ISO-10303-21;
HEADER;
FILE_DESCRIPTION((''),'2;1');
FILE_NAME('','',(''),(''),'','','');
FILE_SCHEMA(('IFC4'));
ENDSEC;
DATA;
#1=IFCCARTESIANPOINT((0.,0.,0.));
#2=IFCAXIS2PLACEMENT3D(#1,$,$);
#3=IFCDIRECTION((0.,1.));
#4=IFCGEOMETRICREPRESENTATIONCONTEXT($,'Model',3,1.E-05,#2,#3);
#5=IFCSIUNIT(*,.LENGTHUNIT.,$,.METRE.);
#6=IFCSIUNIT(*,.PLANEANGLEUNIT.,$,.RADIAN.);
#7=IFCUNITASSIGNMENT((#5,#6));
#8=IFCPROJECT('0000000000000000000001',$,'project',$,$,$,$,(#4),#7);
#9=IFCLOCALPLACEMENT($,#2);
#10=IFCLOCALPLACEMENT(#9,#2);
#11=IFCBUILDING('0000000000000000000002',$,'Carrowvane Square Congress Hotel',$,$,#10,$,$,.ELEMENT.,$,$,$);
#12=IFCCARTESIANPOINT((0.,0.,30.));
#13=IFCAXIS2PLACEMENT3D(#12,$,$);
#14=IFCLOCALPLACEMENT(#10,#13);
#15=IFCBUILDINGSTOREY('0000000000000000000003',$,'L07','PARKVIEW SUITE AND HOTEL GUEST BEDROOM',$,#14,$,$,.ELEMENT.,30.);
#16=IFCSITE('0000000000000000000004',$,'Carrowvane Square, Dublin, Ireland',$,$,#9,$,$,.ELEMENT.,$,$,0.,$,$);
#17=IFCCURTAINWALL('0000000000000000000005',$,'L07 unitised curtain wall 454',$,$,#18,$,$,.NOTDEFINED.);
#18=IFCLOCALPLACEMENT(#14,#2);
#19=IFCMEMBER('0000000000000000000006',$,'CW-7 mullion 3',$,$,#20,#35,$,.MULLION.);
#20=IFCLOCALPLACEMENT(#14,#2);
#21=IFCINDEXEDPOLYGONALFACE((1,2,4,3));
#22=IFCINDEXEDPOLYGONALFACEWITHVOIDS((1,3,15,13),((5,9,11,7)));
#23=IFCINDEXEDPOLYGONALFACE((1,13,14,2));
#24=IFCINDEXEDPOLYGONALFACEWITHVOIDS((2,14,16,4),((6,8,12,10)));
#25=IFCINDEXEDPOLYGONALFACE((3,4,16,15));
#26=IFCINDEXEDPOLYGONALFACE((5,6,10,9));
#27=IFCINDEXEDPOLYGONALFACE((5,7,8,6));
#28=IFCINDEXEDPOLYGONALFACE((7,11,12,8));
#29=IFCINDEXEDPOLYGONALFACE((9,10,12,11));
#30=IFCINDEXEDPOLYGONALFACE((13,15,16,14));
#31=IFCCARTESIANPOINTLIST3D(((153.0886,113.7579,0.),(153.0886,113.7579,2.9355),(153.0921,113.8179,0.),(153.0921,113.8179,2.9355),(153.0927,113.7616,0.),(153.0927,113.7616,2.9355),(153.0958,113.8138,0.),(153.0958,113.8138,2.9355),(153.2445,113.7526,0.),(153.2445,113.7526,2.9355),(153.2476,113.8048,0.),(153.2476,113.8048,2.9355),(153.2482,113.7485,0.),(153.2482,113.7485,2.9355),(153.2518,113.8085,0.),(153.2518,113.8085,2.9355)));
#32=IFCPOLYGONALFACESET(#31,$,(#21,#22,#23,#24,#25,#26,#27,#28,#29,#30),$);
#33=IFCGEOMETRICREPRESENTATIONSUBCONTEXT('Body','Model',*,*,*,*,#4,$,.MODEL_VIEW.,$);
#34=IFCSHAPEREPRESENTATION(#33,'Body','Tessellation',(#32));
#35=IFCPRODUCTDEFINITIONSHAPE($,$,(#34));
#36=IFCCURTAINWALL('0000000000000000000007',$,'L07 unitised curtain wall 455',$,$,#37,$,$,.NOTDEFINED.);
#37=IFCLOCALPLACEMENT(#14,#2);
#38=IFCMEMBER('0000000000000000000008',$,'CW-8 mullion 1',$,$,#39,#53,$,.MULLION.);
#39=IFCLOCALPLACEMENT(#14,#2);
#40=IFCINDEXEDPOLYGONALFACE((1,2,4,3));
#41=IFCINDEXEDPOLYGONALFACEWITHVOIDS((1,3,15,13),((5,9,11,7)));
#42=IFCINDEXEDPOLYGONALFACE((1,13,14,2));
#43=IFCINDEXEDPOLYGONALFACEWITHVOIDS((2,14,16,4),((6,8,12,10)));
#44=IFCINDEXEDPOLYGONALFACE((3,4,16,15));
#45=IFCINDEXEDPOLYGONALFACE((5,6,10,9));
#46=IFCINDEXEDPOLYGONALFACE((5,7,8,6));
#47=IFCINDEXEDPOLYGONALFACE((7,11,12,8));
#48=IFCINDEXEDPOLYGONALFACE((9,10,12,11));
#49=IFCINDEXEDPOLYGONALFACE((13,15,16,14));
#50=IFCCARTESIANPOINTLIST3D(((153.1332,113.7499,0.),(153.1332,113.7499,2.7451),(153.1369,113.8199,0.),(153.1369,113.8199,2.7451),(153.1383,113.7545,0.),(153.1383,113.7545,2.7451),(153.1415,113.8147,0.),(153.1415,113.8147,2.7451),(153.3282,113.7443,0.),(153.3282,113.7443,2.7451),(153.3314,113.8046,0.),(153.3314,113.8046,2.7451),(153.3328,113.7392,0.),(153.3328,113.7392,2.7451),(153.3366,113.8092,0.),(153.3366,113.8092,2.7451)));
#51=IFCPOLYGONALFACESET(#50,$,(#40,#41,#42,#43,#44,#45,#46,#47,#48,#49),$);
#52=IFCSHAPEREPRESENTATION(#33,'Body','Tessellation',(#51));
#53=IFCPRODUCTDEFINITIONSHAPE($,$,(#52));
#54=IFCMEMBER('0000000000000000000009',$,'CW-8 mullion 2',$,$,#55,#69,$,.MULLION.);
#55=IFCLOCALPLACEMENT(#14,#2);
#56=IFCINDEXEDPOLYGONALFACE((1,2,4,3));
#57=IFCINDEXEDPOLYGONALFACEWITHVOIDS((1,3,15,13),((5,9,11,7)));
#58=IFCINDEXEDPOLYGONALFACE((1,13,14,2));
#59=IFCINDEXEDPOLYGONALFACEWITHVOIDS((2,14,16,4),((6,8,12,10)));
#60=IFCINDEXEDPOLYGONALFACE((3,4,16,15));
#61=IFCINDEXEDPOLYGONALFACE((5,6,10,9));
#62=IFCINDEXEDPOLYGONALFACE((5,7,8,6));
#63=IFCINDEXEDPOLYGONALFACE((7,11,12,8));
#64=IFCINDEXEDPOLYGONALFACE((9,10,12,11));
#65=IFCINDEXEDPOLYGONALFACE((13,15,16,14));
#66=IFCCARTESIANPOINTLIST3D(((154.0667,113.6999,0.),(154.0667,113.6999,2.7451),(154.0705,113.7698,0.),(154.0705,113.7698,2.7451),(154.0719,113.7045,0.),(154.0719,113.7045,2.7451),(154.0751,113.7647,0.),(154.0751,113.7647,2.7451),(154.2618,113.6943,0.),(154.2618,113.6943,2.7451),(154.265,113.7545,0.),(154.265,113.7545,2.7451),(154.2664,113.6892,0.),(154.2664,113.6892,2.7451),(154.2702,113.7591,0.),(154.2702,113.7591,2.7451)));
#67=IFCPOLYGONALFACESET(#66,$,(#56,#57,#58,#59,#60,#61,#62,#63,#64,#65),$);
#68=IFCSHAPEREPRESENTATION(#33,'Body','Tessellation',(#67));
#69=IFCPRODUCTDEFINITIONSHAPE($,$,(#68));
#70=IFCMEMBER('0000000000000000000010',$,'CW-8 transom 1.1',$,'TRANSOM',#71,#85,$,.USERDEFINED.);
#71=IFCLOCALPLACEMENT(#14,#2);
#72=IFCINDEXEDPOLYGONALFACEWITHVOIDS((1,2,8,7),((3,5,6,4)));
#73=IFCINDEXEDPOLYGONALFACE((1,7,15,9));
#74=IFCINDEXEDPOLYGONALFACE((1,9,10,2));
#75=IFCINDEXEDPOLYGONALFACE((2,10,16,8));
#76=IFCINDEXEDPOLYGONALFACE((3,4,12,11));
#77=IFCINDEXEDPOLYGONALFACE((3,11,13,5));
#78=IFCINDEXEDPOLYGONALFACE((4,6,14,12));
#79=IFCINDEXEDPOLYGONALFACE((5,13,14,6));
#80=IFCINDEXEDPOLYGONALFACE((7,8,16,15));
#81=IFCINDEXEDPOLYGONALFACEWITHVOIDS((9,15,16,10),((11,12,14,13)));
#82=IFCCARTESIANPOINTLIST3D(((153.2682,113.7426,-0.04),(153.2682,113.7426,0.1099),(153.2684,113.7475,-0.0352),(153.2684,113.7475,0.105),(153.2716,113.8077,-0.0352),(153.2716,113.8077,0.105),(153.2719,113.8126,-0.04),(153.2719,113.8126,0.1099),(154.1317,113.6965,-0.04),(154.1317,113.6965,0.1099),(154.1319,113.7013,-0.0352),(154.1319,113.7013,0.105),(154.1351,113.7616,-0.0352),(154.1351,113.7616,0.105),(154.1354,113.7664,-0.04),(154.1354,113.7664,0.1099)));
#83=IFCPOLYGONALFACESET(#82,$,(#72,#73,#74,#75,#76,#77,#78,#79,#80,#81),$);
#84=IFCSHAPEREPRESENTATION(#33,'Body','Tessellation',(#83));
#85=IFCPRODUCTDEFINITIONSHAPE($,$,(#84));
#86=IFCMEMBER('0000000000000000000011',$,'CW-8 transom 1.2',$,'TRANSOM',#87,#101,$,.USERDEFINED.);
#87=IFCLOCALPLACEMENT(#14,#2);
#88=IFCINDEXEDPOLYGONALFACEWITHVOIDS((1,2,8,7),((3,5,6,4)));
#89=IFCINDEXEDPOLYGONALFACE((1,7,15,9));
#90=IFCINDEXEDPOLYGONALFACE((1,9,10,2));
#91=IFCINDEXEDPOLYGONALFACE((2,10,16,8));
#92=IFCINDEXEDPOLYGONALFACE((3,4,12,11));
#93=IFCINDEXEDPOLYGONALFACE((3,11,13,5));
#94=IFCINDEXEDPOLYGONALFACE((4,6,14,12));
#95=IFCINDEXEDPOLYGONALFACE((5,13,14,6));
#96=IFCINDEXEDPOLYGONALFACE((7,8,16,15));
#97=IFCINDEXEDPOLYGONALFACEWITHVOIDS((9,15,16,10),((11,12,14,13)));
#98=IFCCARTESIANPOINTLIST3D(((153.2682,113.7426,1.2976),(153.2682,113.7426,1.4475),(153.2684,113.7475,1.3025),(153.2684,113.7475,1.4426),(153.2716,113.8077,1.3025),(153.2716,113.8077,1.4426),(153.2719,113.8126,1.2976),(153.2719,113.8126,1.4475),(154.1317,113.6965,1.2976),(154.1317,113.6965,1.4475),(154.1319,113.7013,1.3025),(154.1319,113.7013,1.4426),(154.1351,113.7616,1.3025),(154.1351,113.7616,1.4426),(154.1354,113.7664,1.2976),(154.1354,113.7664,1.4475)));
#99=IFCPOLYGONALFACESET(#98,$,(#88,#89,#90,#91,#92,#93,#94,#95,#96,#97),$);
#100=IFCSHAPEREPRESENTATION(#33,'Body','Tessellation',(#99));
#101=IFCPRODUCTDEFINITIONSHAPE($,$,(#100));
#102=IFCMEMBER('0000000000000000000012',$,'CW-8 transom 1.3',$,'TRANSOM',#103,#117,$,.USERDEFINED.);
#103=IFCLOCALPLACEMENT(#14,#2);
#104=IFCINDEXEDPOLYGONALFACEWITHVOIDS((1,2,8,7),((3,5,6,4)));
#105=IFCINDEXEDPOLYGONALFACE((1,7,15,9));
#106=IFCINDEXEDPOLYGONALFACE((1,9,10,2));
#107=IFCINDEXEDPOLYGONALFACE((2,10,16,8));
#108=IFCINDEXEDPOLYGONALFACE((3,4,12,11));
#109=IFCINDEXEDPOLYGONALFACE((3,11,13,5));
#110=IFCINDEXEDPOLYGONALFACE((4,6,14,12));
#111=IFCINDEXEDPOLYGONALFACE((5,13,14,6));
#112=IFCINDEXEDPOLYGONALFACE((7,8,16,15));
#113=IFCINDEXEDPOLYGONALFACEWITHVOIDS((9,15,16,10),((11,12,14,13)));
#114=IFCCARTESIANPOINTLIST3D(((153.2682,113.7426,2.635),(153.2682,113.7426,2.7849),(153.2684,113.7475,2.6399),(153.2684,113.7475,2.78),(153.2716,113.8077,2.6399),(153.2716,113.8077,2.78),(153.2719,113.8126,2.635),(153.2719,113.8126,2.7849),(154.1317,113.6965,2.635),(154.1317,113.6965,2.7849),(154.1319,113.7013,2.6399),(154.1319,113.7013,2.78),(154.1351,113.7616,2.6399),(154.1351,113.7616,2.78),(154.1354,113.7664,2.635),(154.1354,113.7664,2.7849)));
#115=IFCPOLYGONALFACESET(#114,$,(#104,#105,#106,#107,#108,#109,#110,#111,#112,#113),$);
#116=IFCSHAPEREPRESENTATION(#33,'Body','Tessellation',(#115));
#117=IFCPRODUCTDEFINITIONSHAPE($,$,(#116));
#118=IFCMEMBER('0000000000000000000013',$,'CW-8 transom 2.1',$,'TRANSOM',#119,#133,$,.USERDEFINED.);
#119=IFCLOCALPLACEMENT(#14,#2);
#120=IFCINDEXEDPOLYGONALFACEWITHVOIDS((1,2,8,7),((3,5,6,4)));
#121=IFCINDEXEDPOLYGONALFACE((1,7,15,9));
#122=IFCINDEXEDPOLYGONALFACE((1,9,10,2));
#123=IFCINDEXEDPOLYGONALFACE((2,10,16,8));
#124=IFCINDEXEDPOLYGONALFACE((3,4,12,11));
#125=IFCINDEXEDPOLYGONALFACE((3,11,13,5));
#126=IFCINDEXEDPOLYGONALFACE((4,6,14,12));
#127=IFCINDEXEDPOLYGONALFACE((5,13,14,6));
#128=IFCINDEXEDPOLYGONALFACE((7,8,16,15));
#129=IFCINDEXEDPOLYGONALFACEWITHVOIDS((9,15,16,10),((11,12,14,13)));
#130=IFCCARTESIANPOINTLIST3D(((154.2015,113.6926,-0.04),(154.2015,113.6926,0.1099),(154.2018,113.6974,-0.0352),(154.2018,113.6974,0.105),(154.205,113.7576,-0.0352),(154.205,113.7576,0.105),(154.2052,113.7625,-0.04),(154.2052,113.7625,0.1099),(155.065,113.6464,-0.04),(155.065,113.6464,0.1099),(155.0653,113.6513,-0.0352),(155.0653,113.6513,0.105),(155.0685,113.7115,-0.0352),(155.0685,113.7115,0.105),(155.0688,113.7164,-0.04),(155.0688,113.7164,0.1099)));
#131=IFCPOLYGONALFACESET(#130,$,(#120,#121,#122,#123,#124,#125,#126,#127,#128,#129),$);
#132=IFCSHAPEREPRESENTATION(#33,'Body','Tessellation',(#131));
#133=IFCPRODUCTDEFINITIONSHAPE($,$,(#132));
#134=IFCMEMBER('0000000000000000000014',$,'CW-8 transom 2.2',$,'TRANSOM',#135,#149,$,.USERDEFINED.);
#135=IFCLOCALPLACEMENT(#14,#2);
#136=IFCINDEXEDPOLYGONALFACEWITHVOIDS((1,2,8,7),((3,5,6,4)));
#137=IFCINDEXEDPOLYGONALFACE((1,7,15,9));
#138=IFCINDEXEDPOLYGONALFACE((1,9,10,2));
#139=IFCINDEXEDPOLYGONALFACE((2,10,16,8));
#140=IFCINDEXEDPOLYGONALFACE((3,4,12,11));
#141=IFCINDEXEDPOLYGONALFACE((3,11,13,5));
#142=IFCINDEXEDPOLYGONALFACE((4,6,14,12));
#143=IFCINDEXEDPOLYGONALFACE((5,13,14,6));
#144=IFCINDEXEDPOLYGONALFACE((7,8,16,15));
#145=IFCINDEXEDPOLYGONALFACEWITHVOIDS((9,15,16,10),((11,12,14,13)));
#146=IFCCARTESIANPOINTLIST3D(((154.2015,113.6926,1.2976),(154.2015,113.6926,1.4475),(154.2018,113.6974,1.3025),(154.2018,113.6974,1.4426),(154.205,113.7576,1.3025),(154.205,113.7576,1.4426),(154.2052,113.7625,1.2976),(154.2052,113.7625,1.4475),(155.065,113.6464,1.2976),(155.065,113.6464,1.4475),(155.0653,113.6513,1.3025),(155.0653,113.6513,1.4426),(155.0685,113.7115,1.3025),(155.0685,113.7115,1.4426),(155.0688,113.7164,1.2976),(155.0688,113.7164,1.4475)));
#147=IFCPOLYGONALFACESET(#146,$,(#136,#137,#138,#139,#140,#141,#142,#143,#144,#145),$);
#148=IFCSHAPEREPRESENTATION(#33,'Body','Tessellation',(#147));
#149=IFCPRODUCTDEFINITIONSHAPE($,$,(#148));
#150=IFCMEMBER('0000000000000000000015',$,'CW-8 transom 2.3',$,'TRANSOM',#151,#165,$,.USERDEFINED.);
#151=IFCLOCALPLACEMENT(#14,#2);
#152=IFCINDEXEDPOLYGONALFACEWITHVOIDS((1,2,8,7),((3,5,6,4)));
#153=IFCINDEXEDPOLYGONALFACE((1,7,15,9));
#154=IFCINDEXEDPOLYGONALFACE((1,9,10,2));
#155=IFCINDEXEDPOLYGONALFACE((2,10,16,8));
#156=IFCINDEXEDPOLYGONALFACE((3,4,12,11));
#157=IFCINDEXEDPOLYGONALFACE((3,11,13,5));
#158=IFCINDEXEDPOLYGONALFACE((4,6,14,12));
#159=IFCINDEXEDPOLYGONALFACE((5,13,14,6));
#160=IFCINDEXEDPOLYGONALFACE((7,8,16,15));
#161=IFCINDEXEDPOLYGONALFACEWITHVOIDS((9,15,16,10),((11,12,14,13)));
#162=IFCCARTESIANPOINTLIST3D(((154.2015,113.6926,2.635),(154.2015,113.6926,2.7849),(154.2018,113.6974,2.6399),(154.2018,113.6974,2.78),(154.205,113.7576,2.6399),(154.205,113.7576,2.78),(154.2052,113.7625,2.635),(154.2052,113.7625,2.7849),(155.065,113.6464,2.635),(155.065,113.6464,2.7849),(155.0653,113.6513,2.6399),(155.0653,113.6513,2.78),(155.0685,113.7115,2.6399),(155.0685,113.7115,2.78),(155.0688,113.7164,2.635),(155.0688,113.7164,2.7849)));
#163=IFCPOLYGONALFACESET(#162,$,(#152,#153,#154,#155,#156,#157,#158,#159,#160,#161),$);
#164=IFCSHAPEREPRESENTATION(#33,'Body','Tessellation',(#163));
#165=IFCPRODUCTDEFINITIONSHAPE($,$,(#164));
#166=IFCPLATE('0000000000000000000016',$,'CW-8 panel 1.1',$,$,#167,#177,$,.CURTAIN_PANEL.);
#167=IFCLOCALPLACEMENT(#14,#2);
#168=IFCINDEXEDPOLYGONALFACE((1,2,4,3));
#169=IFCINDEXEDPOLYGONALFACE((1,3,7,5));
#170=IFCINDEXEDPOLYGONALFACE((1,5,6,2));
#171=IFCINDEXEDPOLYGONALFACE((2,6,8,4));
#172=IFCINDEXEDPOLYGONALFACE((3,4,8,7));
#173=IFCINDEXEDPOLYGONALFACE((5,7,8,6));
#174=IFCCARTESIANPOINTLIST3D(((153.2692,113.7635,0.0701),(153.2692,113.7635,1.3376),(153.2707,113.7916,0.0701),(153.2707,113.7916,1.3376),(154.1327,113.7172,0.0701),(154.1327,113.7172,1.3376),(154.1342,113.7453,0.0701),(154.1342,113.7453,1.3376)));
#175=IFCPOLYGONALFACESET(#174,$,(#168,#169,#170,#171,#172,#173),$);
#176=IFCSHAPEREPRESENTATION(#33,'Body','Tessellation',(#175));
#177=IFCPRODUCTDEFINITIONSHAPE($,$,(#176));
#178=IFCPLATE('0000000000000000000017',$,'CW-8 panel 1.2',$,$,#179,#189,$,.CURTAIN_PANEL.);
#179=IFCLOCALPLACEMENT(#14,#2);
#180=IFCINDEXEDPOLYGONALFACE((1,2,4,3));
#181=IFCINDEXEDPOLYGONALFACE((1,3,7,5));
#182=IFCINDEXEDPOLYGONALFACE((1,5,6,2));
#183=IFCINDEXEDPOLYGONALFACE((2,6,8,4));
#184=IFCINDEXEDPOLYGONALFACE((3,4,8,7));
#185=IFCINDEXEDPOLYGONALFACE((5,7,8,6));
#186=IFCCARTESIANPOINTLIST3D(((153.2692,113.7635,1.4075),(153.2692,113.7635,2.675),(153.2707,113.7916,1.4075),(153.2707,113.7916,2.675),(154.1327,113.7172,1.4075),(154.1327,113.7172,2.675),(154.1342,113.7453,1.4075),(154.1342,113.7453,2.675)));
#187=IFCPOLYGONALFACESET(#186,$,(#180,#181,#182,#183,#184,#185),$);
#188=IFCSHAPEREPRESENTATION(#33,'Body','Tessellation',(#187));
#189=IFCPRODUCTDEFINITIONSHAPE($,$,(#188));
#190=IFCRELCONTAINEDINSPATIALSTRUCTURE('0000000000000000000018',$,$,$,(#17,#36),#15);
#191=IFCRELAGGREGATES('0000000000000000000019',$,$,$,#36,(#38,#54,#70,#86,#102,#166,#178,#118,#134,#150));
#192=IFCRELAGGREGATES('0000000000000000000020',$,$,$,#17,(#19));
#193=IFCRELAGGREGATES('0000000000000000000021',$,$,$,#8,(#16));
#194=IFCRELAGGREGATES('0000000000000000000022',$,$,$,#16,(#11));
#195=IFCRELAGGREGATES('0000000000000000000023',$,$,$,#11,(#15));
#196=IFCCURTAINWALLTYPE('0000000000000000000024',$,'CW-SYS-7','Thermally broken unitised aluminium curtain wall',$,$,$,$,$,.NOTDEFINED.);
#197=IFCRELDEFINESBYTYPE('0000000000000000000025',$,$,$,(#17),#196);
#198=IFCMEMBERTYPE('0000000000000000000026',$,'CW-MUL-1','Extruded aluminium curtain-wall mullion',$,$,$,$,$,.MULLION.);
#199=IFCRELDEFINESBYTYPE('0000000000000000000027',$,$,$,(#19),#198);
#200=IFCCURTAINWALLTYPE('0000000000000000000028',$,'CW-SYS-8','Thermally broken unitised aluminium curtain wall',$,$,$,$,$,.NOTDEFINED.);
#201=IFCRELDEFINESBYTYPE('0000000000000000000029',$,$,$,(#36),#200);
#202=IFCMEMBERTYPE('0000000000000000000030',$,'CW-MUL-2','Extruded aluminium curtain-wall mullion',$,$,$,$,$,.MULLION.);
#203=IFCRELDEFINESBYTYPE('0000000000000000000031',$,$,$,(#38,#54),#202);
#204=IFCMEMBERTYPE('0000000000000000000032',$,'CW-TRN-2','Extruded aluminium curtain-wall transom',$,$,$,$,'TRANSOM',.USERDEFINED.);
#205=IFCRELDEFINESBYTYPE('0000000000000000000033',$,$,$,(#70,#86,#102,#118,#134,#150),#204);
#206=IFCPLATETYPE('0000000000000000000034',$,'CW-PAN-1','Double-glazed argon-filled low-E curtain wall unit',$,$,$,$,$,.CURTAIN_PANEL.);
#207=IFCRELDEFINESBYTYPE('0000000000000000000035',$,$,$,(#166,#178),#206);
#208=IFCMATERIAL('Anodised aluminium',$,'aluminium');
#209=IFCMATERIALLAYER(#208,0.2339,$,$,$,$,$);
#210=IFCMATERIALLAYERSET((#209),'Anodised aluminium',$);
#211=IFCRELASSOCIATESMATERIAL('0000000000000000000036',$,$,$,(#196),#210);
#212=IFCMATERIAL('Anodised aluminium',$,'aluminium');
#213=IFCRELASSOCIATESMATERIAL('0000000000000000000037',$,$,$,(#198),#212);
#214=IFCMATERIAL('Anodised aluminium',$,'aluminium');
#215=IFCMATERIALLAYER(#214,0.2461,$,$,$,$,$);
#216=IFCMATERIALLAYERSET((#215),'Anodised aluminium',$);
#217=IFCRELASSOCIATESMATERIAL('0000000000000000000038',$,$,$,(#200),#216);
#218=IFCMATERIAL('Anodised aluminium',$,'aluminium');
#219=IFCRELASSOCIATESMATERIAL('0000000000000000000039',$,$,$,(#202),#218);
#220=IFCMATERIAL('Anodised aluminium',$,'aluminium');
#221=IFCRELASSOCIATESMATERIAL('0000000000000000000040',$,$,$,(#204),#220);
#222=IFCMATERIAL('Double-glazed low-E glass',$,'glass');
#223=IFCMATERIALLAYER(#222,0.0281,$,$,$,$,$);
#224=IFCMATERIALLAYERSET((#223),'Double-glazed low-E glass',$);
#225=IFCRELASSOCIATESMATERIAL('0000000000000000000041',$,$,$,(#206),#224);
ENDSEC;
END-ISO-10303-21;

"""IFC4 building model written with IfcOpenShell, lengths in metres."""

from ifc_helpers import new_model, si_unit, direction, frame, origin, origin_2d, place, context, subcontext, project, spatial, rectangle, hollow_rectangle, extrude, material, layer, layer_set, material_profile, profile_set, type_object, element, aggregate, save


model = new_model("IFC4")

# Units and contexts
model_context = context("Model", 3, precision=1e-05, world=origin(), true_north=direction((0.0, 1.0)))
body_context = subcontext(model_context, "Body", "Model", "MODEL_VIEW")
ifc_project = project(units=[si_unit("LENGTHUNIT", "METRE"), si_unit("PLANEANGLEUNIT", "RADIAN")], contexts=[model_context])

# Site, building, storey
site_placement = place(None, origin())
site = spatial("IfcSite", under=ifc_project, at=site_placement, Name="Carrowvane Square, Dublin, Ireland", CompositionType="ELEMENT", RefElevation=0.0)
building_placement = place(site_placement, origin())
building = spatial("IfcBuilding", under=site, at=building_placement, Name="Carrowvane Square Congress Hotel", CompositionType="ELEMENT")
storey_placement = place(building_placement, frame((0.0, 0.0, 30.0)))
storey = spatial("IfcBuildingStorey", under=building, at=storey_placement, Name="L07", Description="PARKVIEW SUITE AND HOTEL GUEST BEDROOM", CompositionType="ELEMENT", Elevation=30.0)

# Curtain wall, member
ifc_material_1 = material(Name="Anodised aluminium", Category="aluminium")
ifc_layer_1 = layer(ifc_material_1, 0.2339)
ifc_layer_set_1 = layer_set([ifc_layer_1], Name="Anodised aluminium")
curtain_wall_type_1 = type_object("IfcCurtainWallType", Name="CW-SYS-7", Description="Thermally broken unitised aluminium curtain wall", PredefinedType="NOTDEFINED", material=ifc_layer_set_1)
curtain_wall_1_placement = place(storey_placement, origin())
curtain_wall_1 = element("IfcCurtainWall", 1, at=curtain_wall_1_placement, inside=storey, type_object=curtain_wall_type_1, Name="L07 unitised curtain wall 454", PredefinedType="NOTDEFINED")
ifc_material_2 = material(Name="Anodised aluminium", Category="aluminium")
ifc_material_profile_1 = material_profile(ifc_material_2, hollow_rectangle(XDim=0.0601, YDim=0.1599, WallThickness=0.0039, at=origin_2d()), Name="CW-ML 60x160x4")
ifc_profile_set_1 = profile_set([ifc_material_profile_1], Name="Anodised aluminium")
member_type_1 = type_object("IfcMemberType", Name="CW-MUL-1", Description="Extruded aluminium curtain-wall mullion", PredefinedType="MULLION", material=ifc_profile_set_1)
member_1_placement = place(storey_placement, frame((153.1702, 113.7832, 0.0), z_axis=(0.0, 0.0, 1.0), x_axis=(0.058989, 0.998259, 0.0)))
member_1 = element("IfcMember", 2, at=member_1_placement, type_object=member_type_1, Name="CW-7 mullion 3", PredefinedType="MULLION", context=body_context, shape_type="SweptSolid", body=[
    extrude(hollow_rectangle(XDim=0.0601, YDim=0.1599, WallThickness=0.0039, at=origin_2d()), origin(), (0.0, 0.0, 1.0), 2.9355),
])

# Curtain wall, members, plates
ifc_material_3 = material(Name="Anodised aluminium", Category="aluminium")
ifc_layer_2 = layer(ifc_material_3, 0.2461)
ifc_layer_set_2 = layer_set([ifc_layer_2], Name="Anodised aluminium")
curtain_wall_type_2 = type_object("IfcCurtainWallType", Name="CW-SYS-8", Description="Thermally broken unitised aluminium curtain wall", PredefinedType="NOTDEFINED", material=ifc_layer_set_2)
curtain_wall_2_placement = place(storey_placement, origin())
curtain_wall_2 = element("IfcCurtainWall", 3, at=curtain_wall_2_placement, inside=storey, type_object=curtain_wall_type_2, Name="L07 unitised curtain wall 455", PredefinedType="NOTDEFINED")
ifc_material_4 = material(Name="Anodised aluminium", Category="aluminium")
ifc_material_profile_2 = material_profile(ifc_material_4, hollow_rectangle(XDim=0.0701, YDim=0.2, WallThickness=0.0049, at=origin_2d()), Name="CW-ML 70x200x5")
ifc_profile_set_2 = profile_set([ifc_material_profile_2], Name="Anodised aluminium")
member_type_2 = type_object("IfcMemberType", Name="CW-MUL-2", Description="Extruded aluminium curtain-wall mullion", PredefinedType="MULLION", material=ifc_profile_set_2)
member_2_placement = place(storey_placement, frame((153.2349, 113.7795, 0.0), z_axis=(0.0, 0.0, 1.0), x_axis=(0.053516, 0.998567, 0.0)))
member_2 = element("IfcMember", 4, at=member_2_placement, type_object=member_type_2, Name="CW-8 mullion 1", PredefinedType="MULLION", context=body_context, shape_type="SweptSolid", body=[
    extrude(hollow_rectangle(XDim=0.0701, YDim=0.2, WallThickness=0.0049, at=origin_2d()), origin(), (0.0, 0.0, 1.0), 2.7451),
])
member_3_placement = place(storey_placement, frame((154.1685, 113.7295, 0.0), z_axis=(0.0, 0.0, 1.0), x_axis=(0.053516, 0.998567, 0.0)))
member_3 = element("IfcMember", 5, at=member_3_placement, type_object=member_type_2, Name="CW-8 mullion 2", PredefinedType="MULLION", context=body_context, shape_type="SweptSolid", body=[
    extrude(hollow_rectangle(XDim=0.0701, YDim=0.2, WallThickness=0.0049, at=origin_2d()), origin(), (0.0, 0.0, 1.0), 2.7451),
])
ifc_material_5 = material(Name="Anodised aluminium", Category="aluminium")
ifc_material_profile_3 = material_profile(ifc_material_5, hollow_rectangle(XDim=0.0701, YDim=0.1499, WallThickness=0.0049, at=origin_2d()), Name="CW-TR 70x150x5")
ifc_profile_set_3 = profile_set([ifc_material_profile_3], Name="Anodised aluminium")
member_type_3 = type_object("IfcMemberType", Name="CW-TRN-2", Description="Extruded aluminium curtain-wall transom", ElementType="TRANSOM", PredefinedType="USERDEFINED", material=ifc_profile_set_3)
member_4_placement = place(storey_placement, frame((153.27, 113.7776, 0.0349), z_axis=(0.998575, -0.053359, 0.0), x_axis=(0.053359, 0.998575, 0.0)))
member_4 = element("IfcMember", 6, at=member_4_placement, type_object=member_type_3, Name="CW-8 transom 1.1", ObjectType="TRANSOM", PredefinedType="USERDEFINED", context=body_context, shape_type="SweptSolid", body=[
    extrude(hollow_rectangle(XDim=0.0701, YDim=0.1499, WallThickness=0.0049, at=origin_2d()), origin(), (0.0, 0.0, 1.0), 0.8647),
])
member_5_placement = place(storey_placement, frame((153.27, 113.7776, 1.3726), z_axis=(0.998575, -0.053359, 0.0), x_axis=(0.053359, 0.998575, 0.0)))
member_5 = element("IfcMember", 7, at=member_5_placement, type_object=member_type_3, Name="CW-8 transom 1.2", ObjectType="TRANSOM", PredefinedType="USERDEFINED", context=body_context, shape_type="SweptSolid", body=[
    extrude(hollow_rectangle(XDim=0.0701, YDim=0.1499, WallThickness=0.0049, at=origin_2d()), origin(), (0.0, 0.0, 1.0), 0.8647),
])
member_6_placement = place(storey_placement, frame((153.27, 113.7776, 2.71), z_axis=(0.998575, -0.053359, 0.0), x_axis=(0.053359, 0.998575, 0.0)))
member_6 = element("IfcMember", 8, at=member_6_placement, type_object=member_type_3, Name="CW-8 transom 1.3", ObjectType="TRANSOM", PredefinedType="USERDEFINED", context=body_context, shape_type="SweptSolid", body=[
    extrude(hollow_rectangle(XDim=0.0701, YDim=0.1499, WallThickness=0.0049, at=origin_2d()), origin(), (0.0, 0.0, 1.0), 0.8647),
])
member_7_placement = place(storey_placement, frame((154.2034, 113.7275, 0.0349), z_axis=(0.998575, -0.053359, 0.0), x_axis=(0.053359, 0.998575, 0.0)))
member_7 = element("IfcMember", 9, at=member_7_placement, type_object=member_type_3, Name="CW-8 transom 2.1", ObjectType="TRANSOM", PredefinedType="USERDEFINED", context=body_context, shape_type="SweptSolid", body=[
    extrude(hollow_rectangle(XDim=0.0701, YDim=0.1499, WallThickness=0.0049, at=origin_2d()), origin(), (0.0, 0.0, 1.0), 0.8647),
])
member_8_placement = place(storey_placement, frame((154.2034, 113.7275, 1.3726), z_axis=(0.998575, -0.053359, 0.0), x_axis=(0.053359, 0.998575, 0.0)))
member_8 = element("IfcMember", 10, at=member_8_placement, type_object=member_type_3, Name="CW-8 transom 2.2", ObjectType="TRANSOM", PredefinedType="USERDEFINED", context=body_context, shape_type="SweptSolid", body=[
    extrude(hollow_rectangle(XDim=0.0701, YDim=0.1499, WallThickness=0.0049, at=origin_2d()), origin(), (0.0, 0.0, 1.0), 0.8647),
])
member_9_placement = place(storey_placement, frame((154.2034, 113.7275, 2.71), z_axis=(0.998575, -0.053359, 0.0), x_axis=(0.053359, 0.998575, 0.0)))
member_9 = element("IfcMember", 11, at=member_9_placement, type_object=member_type_3, Name="CW-8 transom 2.3", ObjectType="TRANSOM", PredefinedType="USERDEFINED", context=body_context, shape_type="SweptSolid", body=[
    extrude(hollow_rectangle(XDim=0.0701, YDim=0.1499, WallThickness=0.0049, at=origin_2d()), origin(), (0.0, 0.0, 1.0), 0.8647),
])
ifc_material_6 = material(Name="Double-glazed low-E glass", Category="glass")
ifc_layer_3 = layer(ifc_material_6, 0.0281)
ifc_layer_set_3 = layer_set([ifc_layer_3], Name="Double-glazed low-E glass")
plate_type_1 = type_object("IfcPlateType", Name="CW-PAN-1", Description="Double-glazed argon-filled low-E curtain wall unit", PredefinedType="CURTAIN_PANEL", material=ifc_layer_set_3)
plate_1_placement = place(storey_placement, frame((153.7017, 113.7544, 0.0701), z_axis=(0.0, 0.0, 1.0), x_axis=(0.998567, -0.053516, 0.0)))
plate_1 = element("IfcPlate", 12, at=plate_1_placement, type_object=plate_type_1, Name="CW-8 panel 1.1", PredefinedType="CURTAIN_PANEL", context=body_context, shape_type="SweptSolid", body=[
    extrude(rectangle(XDim=0.8647, YDim=0.0281, at=origin_2d()), origin(), (0.0, 0.0, 1.0), 1.2676),
])
plate_2_placement = place(storey_placement, frame((153.7017, 113.7544, 1.4075), z_axis=(0.0, 0.0, 1.0), x_axis=(0.998567, -0.053516, 0.0)))
plate_2 = element("IfcPlate", 13, at=plate_2_placement, type_object=plate_type_1, Name="CW-8 panel 1.2", PredefinedType="CURTAIN_PANEL", context=body_context, shape_type="SweptSolid", body=[
    extrude(rectangle(XDim=0.8647, YDim=0.0281, at=origin_2d()), origin(), (0.0, 0.0, 1.0), 1.2676),
])
aggregate(curtain_wall_2, [member_2, member_3, member_4, member_5, member_6, plate_1, plate_2, member_7, member_8, member_9])

aggregate(curtain_wall_1, [member_1])

save(model, "model.ifc")
